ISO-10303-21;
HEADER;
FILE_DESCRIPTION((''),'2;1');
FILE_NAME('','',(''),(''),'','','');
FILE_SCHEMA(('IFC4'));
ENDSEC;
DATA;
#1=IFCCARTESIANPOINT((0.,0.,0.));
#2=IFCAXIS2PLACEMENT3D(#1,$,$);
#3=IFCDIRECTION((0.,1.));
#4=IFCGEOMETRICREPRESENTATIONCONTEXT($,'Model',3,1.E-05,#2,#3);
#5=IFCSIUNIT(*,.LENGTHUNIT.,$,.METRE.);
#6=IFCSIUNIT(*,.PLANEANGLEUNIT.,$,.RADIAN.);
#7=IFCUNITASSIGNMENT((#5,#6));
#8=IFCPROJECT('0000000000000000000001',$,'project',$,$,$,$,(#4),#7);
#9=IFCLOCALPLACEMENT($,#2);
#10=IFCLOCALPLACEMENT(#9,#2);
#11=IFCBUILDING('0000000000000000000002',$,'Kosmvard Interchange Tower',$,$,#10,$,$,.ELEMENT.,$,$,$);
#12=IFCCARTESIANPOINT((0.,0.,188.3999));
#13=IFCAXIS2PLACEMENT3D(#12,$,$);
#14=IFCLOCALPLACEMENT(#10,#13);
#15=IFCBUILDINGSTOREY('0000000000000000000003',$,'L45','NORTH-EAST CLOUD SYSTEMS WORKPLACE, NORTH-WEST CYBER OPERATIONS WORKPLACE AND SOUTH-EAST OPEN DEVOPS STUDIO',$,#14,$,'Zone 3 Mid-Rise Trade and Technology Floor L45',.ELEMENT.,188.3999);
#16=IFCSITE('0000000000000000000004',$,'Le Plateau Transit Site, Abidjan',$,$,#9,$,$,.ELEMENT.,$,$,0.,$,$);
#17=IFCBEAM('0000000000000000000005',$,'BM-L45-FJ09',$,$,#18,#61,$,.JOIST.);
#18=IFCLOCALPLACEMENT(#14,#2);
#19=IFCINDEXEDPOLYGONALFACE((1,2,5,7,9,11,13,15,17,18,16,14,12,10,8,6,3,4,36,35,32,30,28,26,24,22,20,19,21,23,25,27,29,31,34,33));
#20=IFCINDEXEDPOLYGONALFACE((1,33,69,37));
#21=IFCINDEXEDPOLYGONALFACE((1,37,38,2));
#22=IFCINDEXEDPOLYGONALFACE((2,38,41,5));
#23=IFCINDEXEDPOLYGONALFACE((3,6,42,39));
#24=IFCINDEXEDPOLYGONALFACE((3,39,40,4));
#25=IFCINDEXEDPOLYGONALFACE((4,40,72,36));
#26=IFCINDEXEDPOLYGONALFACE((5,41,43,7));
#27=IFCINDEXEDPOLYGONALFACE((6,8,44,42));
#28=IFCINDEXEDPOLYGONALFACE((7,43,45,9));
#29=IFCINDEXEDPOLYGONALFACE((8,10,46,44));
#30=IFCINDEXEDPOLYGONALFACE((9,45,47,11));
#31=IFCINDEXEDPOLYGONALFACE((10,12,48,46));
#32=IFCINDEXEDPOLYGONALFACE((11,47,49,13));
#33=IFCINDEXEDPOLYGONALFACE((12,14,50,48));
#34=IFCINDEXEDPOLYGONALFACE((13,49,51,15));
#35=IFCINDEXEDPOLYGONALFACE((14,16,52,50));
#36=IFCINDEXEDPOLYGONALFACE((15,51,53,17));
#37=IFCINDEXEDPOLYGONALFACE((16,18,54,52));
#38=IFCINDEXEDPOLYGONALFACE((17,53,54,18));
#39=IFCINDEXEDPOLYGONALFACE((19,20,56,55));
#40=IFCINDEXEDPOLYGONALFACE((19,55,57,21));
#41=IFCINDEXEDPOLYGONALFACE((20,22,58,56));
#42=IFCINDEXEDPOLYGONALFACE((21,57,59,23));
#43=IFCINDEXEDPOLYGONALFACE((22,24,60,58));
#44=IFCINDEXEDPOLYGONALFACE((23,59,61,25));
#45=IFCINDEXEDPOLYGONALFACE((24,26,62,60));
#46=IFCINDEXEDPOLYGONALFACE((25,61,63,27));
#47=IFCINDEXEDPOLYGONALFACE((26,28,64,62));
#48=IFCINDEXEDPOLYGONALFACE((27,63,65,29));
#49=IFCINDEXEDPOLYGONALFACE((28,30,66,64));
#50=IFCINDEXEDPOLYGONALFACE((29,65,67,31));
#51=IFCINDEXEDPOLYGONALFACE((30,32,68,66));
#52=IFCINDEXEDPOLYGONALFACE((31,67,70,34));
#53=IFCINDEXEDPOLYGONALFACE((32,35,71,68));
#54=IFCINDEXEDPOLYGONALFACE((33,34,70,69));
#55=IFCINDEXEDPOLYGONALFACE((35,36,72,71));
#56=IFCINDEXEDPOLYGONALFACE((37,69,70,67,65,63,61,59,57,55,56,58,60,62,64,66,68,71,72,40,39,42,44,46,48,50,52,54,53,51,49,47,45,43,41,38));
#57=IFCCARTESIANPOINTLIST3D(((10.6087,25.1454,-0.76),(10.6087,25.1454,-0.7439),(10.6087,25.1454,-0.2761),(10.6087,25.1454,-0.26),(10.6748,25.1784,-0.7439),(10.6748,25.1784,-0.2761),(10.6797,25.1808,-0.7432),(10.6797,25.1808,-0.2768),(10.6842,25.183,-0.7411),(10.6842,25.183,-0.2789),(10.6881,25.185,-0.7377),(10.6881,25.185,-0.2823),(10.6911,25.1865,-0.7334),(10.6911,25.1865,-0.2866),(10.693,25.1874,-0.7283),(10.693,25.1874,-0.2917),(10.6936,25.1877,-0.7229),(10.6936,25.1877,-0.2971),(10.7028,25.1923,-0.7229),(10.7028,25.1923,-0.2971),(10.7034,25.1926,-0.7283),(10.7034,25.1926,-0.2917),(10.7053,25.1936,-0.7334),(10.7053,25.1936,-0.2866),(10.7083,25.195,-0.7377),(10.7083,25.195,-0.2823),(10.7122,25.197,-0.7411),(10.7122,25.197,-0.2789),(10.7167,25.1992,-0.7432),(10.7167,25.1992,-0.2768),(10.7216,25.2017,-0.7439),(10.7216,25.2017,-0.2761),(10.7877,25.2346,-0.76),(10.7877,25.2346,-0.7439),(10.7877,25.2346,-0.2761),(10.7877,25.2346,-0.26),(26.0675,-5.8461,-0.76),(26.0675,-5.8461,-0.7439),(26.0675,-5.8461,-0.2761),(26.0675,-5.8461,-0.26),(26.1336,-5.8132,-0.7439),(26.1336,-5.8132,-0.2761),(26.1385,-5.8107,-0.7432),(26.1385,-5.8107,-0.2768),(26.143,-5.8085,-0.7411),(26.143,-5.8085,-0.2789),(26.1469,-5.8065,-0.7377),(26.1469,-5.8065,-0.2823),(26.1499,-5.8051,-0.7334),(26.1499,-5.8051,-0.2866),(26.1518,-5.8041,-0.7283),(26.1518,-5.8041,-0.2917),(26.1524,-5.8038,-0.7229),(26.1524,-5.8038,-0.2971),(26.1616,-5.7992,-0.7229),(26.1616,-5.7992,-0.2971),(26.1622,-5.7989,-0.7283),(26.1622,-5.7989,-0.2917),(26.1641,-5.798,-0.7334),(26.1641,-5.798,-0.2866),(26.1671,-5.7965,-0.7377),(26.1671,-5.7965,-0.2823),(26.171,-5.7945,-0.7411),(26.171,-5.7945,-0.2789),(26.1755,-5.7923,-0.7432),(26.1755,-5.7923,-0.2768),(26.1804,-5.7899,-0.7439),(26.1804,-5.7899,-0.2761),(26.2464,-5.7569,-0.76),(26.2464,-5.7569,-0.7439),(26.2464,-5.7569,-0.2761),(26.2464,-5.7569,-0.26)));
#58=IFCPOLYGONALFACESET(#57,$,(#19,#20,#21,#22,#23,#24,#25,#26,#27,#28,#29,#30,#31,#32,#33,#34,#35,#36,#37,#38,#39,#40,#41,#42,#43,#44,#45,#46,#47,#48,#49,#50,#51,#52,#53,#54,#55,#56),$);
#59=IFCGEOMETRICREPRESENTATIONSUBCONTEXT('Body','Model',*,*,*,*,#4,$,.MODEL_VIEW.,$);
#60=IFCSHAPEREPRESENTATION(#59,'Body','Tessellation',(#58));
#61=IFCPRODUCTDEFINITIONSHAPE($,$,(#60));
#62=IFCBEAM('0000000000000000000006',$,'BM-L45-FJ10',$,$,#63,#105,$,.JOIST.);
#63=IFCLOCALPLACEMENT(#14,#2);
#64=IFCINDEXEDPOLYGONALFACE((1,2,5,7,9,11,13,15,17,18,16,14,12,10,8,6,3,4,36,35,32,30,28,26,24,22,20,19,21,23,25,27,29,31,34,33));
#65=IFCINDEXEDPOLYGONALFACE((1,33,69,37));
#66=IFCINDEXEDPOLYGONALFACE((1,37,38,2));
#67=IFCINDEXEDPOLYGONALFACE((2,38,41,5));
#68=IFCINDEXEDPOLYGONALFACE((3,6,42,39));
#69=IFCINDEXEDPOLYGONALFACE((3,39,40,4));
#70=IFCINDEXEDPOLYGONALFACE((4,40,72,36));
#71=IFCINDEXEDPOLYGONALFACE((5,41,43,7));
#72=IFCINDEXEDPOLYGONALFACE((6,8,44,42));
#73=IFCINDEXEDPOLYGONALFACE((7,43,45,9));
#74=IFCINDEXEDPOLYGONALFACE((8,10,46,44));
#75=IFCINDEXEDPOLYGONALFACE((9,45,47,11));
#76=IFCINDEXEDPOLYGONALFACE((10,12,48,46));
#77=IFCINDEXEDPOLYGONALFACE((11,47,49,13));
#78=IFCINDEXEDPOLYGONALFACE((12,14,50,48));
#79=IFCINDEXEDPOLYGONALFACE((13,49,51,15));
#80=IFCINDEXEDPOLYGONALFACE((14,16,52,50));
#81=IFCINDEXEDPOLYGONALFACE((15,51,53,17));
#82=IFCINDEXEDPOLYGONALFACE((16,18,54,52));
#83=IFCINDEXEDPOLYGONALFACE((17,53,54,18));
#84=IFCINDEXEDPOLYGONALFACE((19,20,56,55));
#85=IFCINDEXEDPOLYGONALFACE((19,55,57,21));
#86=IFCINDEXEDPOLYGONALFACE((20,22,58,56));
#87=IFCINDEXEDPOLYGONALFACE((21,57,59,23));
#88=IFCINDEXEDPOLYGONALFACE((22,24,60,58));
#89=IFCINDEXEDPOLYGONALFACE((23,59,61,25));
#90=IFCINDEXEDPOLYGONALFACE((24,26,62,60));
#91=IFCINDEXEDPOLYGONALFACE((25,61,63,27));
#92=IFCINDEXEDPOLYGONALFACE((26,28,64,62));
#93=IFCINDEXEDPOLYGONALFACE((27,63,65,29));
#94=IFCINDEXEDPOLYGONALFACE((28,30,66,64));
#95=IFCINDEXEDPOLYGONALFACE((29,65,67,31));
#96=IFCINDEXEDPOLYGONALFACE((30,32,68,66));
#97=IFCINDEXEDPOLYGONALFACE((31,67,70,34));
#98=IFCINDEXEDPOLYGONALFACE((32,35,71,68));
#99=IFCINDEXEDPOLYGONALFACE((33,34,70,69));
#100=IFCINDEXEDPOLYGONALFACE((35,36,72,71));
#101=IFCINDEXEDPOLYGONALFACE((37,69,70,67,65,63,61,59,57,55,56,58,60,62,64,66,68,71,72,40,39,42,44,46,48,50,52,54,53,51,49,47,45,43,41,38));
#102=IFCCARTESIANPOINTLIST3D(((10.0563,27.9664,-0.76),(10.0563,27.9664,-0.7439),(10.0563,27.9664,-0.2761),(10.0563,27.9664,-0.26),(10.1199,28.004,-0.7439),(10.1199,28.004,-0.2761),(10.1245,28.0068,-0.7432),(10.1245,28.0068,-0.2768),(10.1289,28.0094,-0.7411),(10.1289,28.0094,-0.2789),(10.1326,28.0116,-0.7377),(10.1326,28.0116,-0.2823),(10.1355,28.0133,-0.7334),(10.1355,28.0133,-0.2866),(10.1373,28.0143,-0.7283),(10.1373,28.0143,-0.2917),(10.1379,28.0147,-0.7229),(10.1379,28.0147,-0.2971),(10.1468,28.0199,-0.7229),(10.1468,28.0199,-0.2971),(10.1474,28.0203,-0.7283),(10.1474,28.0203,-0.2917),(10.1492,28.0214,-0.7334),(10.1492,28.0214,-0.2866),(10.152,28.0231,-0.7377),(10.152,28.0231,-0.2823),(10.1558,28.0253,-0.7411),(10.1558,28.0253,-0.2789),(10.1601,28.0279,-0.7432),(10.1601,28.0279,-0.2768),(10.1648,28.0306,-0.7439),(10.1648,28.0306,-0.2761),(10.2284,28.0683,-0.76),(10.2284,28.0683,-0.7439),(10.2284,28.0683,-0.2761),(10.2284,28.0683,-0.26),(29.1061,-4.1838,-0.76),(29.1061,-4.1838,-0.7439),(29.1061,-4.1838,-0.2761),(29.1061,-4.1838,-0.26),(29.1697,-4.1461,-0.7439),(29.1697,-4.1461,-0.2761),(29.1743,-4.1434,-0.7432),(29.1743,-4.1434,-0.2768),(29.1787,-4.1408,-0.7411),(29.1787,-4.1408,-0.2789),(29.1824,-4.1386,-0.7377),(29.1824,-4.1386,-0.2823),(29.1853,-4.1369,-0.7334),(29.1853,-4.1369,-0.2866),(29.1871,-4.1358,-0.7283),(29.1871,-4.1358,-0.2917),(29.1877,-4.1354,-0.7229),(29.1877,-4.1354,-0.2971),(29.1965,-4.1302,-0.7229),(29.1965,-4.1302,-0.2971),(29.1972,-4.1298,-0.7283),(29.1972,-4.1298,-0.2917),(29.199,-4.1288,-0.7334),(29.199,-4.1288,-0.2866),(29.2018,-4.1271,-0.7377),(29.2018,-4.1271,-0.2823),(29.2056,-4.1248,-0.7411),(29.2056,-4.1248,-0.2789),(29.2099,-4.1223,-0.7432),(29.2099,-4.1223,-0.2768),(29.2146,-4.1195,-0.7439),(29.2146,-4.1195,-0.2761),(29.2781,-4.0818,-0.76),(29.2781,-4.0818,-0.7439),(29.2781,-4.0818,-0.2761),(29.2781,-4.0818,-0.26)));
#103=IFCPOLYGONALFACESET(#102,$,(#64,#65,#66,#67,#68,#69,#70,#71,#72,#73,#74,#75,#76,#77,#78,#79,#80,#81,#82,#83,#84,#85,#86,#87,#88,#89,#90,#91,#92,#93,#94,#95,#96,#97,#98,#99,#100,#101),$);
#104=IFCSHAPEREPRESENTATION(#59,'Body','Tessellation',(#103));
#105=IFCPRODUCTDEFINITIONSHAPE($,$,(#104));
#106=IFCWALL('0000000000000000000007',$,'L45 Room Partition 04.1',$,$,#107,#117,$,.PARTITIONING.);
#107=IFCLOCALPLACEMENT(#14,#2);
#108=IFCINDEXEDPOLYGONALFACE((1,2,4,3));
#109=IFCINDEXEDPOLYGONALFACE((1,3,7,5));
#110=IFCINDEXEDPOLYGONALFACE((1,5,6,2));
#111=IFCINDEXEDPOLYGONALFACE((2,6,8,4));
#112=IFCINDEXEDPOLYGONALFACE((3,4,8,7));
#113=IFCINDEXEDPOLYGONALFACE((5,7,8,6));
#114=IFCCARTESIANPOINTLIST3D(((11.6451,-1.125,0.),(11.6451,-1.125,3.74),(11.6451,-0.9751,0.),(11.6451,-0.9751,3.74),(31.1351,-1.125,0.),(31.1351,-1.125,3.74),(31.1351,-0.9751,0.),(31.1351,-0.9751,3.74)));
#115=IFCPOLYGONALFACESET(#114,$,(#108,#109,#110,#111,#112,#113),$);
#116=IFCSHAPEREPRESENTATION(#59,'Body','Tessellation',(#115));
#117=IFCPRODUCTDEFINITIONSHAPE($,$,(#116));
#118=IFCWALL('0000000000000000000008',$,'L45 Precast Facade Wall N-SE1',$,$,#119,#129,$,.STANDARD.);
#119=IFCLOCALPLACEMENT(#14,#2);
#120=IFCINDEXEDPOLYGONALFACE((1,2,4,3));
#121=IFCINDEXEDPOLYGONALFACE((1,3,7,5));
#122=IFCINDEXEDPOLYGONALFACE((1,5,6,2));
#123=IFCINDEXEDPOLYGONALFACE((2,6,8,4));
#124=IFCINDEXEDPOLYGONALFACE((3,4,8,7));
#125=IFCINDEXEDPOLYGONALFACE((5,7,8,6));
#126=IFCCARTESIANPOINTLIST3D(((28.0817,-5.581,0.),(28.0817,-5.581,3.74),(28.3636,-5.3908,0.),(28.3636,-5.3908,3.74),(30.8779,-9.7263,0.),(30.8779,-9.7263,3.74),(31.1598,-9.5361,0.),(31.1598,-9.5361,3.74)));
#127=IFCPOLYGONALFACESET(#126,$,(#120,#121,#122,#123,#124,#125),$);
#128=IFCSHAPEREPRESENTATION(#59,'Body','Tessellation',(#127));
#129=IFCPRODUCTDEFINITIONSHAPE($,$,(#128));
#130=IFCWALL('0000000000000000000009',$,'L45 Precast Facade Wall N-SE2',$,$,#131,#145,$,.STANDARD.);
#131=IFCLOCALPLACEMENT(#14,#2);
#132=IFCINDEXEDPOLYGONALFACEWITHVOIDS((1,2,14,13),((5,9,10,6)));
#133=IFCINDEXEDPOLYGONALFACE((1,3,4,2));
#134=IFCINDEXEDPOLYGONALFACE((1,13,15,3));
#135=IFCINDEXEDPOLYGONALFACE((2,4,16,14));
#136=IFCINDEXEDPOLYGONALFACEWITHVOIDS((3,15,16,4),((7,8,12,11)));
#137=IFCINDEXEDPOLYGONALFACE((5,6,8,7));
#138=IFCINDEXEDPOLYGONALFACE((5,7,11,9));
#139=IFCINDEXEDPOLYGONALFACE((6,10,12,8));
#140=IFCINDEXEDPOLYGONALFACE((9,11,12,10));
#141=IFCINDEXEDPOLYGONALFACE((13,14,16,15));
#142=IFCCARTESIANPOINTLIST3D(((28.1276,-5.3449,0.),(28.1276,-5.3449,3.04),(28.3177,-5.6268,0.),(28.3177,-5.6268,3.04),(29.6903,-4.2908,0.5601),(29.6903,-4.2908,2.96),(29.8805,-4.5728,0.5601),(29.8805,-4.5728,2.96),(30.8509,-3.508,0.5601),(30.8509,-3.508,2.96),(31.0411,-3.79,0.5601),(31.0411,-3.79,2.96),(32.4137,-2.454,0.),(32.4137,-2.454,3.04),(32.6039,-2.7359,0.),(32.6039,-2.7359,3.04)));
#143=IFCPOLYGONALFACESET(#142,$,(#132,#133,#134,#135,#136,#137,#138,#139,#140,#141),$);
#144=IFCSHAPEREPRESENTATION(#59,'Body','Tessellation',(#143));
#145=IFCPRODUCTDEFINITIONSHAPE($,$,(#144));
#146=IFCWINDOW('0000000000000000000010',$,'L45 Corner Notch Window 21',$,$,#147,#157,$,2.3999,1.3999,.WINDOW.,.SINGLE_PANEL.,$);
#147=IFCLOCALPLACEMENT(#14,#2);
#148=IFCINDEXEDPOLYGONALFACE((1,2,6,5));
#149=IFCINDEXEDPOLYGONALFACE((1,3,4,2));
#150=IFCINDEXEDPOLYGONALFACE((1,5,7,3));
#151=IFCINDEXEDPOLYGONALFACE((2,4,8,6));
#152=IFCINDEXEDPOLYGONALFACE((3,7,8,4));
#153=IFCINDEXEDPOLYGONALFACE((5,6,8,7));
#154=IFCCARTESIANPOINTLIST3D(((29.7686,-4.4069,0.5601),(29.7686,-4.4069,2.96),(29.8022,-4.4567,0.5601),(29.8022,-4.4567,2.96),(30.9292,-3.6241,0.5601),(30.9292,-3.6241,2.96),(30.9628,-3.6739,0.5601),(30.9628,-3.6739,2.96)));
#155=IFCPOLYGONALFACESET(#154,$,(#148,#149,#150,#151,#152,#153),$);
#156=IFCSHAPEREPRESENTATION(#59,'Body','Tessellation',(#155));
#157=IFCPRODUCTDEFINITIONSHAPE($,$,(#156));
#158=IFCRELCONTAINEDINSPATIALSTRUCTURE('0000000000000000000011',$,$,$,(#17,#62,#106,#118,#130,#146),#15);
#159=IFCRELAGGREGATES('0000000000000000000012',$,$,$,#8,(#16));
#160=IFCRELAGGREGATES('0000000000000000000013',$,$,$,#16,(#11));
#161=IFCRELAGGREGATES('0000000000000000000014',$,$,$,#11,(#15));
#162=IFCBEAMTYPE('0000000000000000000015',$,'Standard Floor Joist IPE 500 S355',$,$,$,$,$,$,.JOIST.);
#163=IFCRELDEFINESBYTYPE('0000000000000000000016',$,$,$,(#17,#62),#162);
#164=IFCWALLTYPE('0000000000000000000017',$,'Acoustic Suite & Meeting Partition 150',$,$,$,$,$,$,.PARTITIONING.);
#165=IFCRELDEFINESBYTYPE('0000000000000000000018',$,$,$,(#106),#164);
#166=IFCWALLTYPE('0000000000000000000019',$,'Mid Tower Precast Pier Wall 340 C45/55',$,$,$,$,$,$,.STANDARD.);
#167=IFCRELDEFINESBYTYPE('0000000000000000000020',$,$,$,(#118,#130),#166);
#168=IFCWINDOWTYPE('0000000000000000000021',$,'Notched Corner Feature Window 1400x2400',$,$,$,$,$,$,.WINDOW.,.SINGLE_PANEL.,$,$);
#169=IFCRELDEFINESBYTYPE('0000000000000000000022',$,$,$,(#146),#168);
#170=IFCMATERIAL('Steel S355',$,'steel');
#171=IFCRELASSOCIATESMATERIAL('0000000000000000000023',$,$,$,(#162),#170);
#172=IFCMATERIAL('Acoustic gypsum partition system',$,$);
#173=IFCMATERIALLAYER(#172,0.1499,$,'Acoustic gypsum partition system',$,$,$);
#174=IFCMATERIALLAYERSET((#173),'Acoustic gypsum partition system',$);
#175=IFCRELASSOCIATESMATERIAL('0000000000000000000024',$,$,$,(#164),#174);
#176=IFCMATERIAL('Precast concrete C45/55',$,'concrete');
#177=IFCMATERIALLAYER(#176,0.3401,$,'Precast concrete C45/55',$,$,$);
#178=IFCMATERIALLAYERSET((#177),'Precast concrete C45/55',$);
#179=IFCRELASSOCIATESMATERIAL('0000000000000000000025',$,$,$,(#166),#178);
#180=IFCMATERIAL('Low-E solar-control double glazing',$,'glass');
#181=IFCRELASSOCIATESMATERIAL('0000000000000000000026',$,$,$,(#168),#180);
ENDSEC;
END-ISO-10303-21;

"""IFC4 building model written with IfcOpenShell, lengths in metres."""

from ifc_helpers import new_model, si_unit, direction, frame, frame_2d, origin, origin_2d, place, context, subcontext, project, spatial, rectangle, i_section, extrude, source, transform, mapped, material, layer, layer_set, material_profile, profile_set, type_object, element, fill, save


model = new_model("IFC4")

# Units and contexts
model_context = context("Model", 3, precision=1e-05, world=origin(), true_north=direction((0.0, 1.0)))
body_context = subcontext(model_context, "Body", "Model", "MODEL_VIEW")
ifc_project = project(units=[si_unit("LENGTHUNIT", "METRE"), si_unit("PLANEANGLEUNIT", "RADIAN")], contexts=[model_context])

# Site, building, storey
site_placement = place(None, origin())
site = spatial("IfcSite", under=ifc_project, at=site_placement, Name="Le Plateau Transit Site, Abidjan", CompositionType="ELEMENT", RefElevation=0.0)
building_placement = place(site_placement, origin())
building = spatial("IfcBuilding", under=site, at=building_placement, Name="Kosmvard Interchange Tower", CompositionType="ELEMENT")
storey_placement = place(building_placement, frame((0.0, 0.0, 188.3999)))
storey = spatial("IfcBuildingStorey", under=building, at=storey_placement, Name="L45", Description="NORTH-EAST CLOUD SYSTEMS WORKPLACE, NORTH-WEST CYBER OPERATIONS WORKPLACE AND SOUTH-EAST OPEN DEVOPS STUDIO", LongName="Zone 3 Mid-Rise Trade and Technology Floor L45", CompositionType="ELEMENT", Elevation=188.3999)

# Beams
ifc_material_1 = material(Name="Steel S355", Category="steel")
ifc_material_2 = material(Name="Precast concrete C45/55", Category="concrete")
ifc_material_profile_1 = material_profile(ifc_material_1, i_section(OverallWidth=0.2, OverallDepth=0.5, WebThickness=0.0103, FlangeThickness=0.0161, FilletRadius=0.021, at=origin_2d()), Name="IPE 500")
ifc_profile_set_1 = profile_set([ifc_material_profile_1], Name="Steel S355")
beam_type_1 = type_object("IfcBeamType", Name="Standard Floor Joist IPE 500 S355", PredefinedType="JOIST", material=ifc_profile_set_1)
shared_shape_1 = source(origin(), body_context, "Body", "SweptSolid", [
    extrude(i_section(OverallWidth=0.2, OverallDepth=0.5, WebThickness=0.0103, FlangeThickness=0.0161, FilletRadius=0.021, at=origin_2d()), origin(), (0.0, 0.0, 1.0), 34.6331),
])
beam_1_placement = place(storey_placement, frame((26.157, -5.8015, -0.51), z_axis=(-0.446359, 0.894854, 0.0), x_axis=(-0.894854, -0.446359, 0.0)))
element("IfcBeam", 1, at=beam_1_placement, inside=storey, type_object=beam_type_1, Name="BM-L45-FJ09", PredefinedType="JOIST", context=body_context, shape_type="MappedRepresentation", body=[
    mapped(shared_shape_1, transform((0.0, 0.0, 0.0), scale=1.0)),
])
shared_shape_2 = source(origin(), body_context, "Body", "SweptSolid", [
    extrude(i_section(OverallWidth=0.2, OverallDepth=0.5, WebThickness=0.0103, FlangeThickness=0.0161, FilletRadius=0.021, at=origin_2d()), origin(), (0.0, 0.0, 1.0), 37.3701),
])
beam_2_placement = place(storey_placement, frame((29.1921, -4.1328, -0.51), z_axis=(-0.50976, 0.860317, 0.0), x_axis=(-0.860317, -0.50976, 0.0)))
element("IfcBeam", 2, at=beam_2_placement, inside=storey, type_object=beam_type_1, Name="BM-L45-FJ10", PredefinedType="JOIST", context=body_context, shape_type="MappedRepresentation", body=[
    mapped(shared_shape_2, transform((0.0, 0.0, 0.0), scale=1.0)),
])

# Walls
ifc_material_3 = material(Name="Acoustic gypsum partition system")
ifc_layer_1 = layer(ifc_material_3, 0.1499, Name="Acoustic gypsum partition system")
ifc_layer_set_1 = layer_set([ifc_layer_1], Name="Acoustic gypsum partition system")
wall_type_1 = type_object("IfcWallType", Name="Acoustic Suite & Meeting Partition 150", PredefinedType="PARTITIONING", material=ifc_layer_set_1)
wall_1_placement = place(storey_placement, frame((11.645, -1.05, 0.0), z_axis=(0.0, 0.0, 1.0), x_axis=(1.0, 0.0, 0.0)))
element("IfcWall", 3, at=wall_1_placement, inside=storey, type_object=wall_type_1, Name="L45 Room Partition 04.1", PredefinedType="PARTITIONING", context=body_context, shape_type="SweptSolid", body=[
    extrude(rectangle(XDim=19.49, YDim=0.1499, at=frame_2d((9.7451, 0.0))), origin(), (0.0, 0.0, 1.0), 3.74),
])
ifc_layer_2 = layer(ifc_material_2, 0.3401, Name="Precast concrete C45/55")
ifc_layer_set_2 = layer_set([ifc_layer_2], Name="Precast concrete C45/55")
wall_type_2 = type_object("IfcWallType", Name="Mid Tower Precast Pier Wall 340 C45/55", PredefinedType="STANDARD", material=ifc_layer_set_2)
wall_2_placement = place(storey_placement, frame((31.0188, -9.6311, 0.0), z_axis=(0.0, 0.0, 1.0), x_axis=(-0.55921, 0.829026, 0.0)))
element("IfcWall", 4, at=wall_2_placement, inside=storey, type_object=wall_type_2, Name="L45 Precast Facade Wall N-SE1", PredefinedType="STANDARD", context=body_context, shape_type="SweptSolid", body=[
    extrude(rectangle(XDim=5.0002, YDim=0.3401, at=frame_2d((2.5, 0.0))), origin(), (0.0, 0.0, 1.0), 3.74),
])

# Wall, opening, window
wall_3_placement = place(storey_placement, frame((28.2227, -5.4858, 0.0), z_axis=(0.0, 0.0, 1.0), x_axis=(0.829052, 0.559171, 0.0)))
wall_3 = element("IfcWall", 5, at=wall_3_placement, inside=storey, type_object=wall_type_2, Name="L45 Precast Facade Wall N-SE2", PredefinedType="STANDARD", context=body_context, shape_type="SweptSolid", body=[
    extrude(rectangle(XDim=5.1699, YDim=0.3401, at=frame_2d((2.585, 0.0))), origin(), (0.0, 0.0, 1.0), 3.04),
])
opening_1_placement = place(wall_3_placement, frame((1.885, 0.0, 0.5601)))
opening_1 = element("IfcOpeningElement", 6, at=opening_1_placement, cuts=wall_3, PredefinedType="OPENING", context=body_context, shape_type="SweptSolid", body=[
    extrude(rectangle(XDim=1.3999, YDim=2.3999, at=frame_2d((0.7, 1.2))), frame((0.0, 0.1802, 0.0), z_axis=(0.0, -1.0, 0.0), x_axis=(1.0, 0.0, 0.0)), (0.0, 0.0, 1.0), 0.3601),
])
ifc_material_4 = material(Name="Low-E solar-control double glazing", Category="glass")
window_type_1 = type_object("IfcWindowType", Name="Notched Corner Feature Window 1400x2400", PartitioningType="SINGLE_PANEL", PredefinedType="WINDOW", material=ifc_material_4)
shared_shape_3 = source(origin(), body_context, "Body", "SweptSolid", [
    extrude(rectangle(XDim=1.3999, YDim=2.3999, at=frame_2d((0.7, 1.2))), frame((0.0, 0.03, 0.0), z_axis=(0.0, -1.0, 0.0), x_axis=(1.0, 0.0, 0.0)), (0.0, 0.0, 1.0), 0.0601),
])
window_1_placement = place(opening_1_placement, origin())
window_1 = element("IfcWindow", 7, at=window_1_placement, inside=storey, type_object=window_type_1, Name="L45 Corner Notch Window 21", OverallHeight=2.3999, OverallWidth=1.3999, PartitioningType="SINGLE_PANEL", PredefinedType="WINDOW", context=body_context, shape_type="MappedRepresentation", body=[
    mapped(shared_shape_3, transform((0.0, 0.0, 0.0), scale=1.0)),
])
fill(opening_1, window_1)

save(model, "model.ifc")
